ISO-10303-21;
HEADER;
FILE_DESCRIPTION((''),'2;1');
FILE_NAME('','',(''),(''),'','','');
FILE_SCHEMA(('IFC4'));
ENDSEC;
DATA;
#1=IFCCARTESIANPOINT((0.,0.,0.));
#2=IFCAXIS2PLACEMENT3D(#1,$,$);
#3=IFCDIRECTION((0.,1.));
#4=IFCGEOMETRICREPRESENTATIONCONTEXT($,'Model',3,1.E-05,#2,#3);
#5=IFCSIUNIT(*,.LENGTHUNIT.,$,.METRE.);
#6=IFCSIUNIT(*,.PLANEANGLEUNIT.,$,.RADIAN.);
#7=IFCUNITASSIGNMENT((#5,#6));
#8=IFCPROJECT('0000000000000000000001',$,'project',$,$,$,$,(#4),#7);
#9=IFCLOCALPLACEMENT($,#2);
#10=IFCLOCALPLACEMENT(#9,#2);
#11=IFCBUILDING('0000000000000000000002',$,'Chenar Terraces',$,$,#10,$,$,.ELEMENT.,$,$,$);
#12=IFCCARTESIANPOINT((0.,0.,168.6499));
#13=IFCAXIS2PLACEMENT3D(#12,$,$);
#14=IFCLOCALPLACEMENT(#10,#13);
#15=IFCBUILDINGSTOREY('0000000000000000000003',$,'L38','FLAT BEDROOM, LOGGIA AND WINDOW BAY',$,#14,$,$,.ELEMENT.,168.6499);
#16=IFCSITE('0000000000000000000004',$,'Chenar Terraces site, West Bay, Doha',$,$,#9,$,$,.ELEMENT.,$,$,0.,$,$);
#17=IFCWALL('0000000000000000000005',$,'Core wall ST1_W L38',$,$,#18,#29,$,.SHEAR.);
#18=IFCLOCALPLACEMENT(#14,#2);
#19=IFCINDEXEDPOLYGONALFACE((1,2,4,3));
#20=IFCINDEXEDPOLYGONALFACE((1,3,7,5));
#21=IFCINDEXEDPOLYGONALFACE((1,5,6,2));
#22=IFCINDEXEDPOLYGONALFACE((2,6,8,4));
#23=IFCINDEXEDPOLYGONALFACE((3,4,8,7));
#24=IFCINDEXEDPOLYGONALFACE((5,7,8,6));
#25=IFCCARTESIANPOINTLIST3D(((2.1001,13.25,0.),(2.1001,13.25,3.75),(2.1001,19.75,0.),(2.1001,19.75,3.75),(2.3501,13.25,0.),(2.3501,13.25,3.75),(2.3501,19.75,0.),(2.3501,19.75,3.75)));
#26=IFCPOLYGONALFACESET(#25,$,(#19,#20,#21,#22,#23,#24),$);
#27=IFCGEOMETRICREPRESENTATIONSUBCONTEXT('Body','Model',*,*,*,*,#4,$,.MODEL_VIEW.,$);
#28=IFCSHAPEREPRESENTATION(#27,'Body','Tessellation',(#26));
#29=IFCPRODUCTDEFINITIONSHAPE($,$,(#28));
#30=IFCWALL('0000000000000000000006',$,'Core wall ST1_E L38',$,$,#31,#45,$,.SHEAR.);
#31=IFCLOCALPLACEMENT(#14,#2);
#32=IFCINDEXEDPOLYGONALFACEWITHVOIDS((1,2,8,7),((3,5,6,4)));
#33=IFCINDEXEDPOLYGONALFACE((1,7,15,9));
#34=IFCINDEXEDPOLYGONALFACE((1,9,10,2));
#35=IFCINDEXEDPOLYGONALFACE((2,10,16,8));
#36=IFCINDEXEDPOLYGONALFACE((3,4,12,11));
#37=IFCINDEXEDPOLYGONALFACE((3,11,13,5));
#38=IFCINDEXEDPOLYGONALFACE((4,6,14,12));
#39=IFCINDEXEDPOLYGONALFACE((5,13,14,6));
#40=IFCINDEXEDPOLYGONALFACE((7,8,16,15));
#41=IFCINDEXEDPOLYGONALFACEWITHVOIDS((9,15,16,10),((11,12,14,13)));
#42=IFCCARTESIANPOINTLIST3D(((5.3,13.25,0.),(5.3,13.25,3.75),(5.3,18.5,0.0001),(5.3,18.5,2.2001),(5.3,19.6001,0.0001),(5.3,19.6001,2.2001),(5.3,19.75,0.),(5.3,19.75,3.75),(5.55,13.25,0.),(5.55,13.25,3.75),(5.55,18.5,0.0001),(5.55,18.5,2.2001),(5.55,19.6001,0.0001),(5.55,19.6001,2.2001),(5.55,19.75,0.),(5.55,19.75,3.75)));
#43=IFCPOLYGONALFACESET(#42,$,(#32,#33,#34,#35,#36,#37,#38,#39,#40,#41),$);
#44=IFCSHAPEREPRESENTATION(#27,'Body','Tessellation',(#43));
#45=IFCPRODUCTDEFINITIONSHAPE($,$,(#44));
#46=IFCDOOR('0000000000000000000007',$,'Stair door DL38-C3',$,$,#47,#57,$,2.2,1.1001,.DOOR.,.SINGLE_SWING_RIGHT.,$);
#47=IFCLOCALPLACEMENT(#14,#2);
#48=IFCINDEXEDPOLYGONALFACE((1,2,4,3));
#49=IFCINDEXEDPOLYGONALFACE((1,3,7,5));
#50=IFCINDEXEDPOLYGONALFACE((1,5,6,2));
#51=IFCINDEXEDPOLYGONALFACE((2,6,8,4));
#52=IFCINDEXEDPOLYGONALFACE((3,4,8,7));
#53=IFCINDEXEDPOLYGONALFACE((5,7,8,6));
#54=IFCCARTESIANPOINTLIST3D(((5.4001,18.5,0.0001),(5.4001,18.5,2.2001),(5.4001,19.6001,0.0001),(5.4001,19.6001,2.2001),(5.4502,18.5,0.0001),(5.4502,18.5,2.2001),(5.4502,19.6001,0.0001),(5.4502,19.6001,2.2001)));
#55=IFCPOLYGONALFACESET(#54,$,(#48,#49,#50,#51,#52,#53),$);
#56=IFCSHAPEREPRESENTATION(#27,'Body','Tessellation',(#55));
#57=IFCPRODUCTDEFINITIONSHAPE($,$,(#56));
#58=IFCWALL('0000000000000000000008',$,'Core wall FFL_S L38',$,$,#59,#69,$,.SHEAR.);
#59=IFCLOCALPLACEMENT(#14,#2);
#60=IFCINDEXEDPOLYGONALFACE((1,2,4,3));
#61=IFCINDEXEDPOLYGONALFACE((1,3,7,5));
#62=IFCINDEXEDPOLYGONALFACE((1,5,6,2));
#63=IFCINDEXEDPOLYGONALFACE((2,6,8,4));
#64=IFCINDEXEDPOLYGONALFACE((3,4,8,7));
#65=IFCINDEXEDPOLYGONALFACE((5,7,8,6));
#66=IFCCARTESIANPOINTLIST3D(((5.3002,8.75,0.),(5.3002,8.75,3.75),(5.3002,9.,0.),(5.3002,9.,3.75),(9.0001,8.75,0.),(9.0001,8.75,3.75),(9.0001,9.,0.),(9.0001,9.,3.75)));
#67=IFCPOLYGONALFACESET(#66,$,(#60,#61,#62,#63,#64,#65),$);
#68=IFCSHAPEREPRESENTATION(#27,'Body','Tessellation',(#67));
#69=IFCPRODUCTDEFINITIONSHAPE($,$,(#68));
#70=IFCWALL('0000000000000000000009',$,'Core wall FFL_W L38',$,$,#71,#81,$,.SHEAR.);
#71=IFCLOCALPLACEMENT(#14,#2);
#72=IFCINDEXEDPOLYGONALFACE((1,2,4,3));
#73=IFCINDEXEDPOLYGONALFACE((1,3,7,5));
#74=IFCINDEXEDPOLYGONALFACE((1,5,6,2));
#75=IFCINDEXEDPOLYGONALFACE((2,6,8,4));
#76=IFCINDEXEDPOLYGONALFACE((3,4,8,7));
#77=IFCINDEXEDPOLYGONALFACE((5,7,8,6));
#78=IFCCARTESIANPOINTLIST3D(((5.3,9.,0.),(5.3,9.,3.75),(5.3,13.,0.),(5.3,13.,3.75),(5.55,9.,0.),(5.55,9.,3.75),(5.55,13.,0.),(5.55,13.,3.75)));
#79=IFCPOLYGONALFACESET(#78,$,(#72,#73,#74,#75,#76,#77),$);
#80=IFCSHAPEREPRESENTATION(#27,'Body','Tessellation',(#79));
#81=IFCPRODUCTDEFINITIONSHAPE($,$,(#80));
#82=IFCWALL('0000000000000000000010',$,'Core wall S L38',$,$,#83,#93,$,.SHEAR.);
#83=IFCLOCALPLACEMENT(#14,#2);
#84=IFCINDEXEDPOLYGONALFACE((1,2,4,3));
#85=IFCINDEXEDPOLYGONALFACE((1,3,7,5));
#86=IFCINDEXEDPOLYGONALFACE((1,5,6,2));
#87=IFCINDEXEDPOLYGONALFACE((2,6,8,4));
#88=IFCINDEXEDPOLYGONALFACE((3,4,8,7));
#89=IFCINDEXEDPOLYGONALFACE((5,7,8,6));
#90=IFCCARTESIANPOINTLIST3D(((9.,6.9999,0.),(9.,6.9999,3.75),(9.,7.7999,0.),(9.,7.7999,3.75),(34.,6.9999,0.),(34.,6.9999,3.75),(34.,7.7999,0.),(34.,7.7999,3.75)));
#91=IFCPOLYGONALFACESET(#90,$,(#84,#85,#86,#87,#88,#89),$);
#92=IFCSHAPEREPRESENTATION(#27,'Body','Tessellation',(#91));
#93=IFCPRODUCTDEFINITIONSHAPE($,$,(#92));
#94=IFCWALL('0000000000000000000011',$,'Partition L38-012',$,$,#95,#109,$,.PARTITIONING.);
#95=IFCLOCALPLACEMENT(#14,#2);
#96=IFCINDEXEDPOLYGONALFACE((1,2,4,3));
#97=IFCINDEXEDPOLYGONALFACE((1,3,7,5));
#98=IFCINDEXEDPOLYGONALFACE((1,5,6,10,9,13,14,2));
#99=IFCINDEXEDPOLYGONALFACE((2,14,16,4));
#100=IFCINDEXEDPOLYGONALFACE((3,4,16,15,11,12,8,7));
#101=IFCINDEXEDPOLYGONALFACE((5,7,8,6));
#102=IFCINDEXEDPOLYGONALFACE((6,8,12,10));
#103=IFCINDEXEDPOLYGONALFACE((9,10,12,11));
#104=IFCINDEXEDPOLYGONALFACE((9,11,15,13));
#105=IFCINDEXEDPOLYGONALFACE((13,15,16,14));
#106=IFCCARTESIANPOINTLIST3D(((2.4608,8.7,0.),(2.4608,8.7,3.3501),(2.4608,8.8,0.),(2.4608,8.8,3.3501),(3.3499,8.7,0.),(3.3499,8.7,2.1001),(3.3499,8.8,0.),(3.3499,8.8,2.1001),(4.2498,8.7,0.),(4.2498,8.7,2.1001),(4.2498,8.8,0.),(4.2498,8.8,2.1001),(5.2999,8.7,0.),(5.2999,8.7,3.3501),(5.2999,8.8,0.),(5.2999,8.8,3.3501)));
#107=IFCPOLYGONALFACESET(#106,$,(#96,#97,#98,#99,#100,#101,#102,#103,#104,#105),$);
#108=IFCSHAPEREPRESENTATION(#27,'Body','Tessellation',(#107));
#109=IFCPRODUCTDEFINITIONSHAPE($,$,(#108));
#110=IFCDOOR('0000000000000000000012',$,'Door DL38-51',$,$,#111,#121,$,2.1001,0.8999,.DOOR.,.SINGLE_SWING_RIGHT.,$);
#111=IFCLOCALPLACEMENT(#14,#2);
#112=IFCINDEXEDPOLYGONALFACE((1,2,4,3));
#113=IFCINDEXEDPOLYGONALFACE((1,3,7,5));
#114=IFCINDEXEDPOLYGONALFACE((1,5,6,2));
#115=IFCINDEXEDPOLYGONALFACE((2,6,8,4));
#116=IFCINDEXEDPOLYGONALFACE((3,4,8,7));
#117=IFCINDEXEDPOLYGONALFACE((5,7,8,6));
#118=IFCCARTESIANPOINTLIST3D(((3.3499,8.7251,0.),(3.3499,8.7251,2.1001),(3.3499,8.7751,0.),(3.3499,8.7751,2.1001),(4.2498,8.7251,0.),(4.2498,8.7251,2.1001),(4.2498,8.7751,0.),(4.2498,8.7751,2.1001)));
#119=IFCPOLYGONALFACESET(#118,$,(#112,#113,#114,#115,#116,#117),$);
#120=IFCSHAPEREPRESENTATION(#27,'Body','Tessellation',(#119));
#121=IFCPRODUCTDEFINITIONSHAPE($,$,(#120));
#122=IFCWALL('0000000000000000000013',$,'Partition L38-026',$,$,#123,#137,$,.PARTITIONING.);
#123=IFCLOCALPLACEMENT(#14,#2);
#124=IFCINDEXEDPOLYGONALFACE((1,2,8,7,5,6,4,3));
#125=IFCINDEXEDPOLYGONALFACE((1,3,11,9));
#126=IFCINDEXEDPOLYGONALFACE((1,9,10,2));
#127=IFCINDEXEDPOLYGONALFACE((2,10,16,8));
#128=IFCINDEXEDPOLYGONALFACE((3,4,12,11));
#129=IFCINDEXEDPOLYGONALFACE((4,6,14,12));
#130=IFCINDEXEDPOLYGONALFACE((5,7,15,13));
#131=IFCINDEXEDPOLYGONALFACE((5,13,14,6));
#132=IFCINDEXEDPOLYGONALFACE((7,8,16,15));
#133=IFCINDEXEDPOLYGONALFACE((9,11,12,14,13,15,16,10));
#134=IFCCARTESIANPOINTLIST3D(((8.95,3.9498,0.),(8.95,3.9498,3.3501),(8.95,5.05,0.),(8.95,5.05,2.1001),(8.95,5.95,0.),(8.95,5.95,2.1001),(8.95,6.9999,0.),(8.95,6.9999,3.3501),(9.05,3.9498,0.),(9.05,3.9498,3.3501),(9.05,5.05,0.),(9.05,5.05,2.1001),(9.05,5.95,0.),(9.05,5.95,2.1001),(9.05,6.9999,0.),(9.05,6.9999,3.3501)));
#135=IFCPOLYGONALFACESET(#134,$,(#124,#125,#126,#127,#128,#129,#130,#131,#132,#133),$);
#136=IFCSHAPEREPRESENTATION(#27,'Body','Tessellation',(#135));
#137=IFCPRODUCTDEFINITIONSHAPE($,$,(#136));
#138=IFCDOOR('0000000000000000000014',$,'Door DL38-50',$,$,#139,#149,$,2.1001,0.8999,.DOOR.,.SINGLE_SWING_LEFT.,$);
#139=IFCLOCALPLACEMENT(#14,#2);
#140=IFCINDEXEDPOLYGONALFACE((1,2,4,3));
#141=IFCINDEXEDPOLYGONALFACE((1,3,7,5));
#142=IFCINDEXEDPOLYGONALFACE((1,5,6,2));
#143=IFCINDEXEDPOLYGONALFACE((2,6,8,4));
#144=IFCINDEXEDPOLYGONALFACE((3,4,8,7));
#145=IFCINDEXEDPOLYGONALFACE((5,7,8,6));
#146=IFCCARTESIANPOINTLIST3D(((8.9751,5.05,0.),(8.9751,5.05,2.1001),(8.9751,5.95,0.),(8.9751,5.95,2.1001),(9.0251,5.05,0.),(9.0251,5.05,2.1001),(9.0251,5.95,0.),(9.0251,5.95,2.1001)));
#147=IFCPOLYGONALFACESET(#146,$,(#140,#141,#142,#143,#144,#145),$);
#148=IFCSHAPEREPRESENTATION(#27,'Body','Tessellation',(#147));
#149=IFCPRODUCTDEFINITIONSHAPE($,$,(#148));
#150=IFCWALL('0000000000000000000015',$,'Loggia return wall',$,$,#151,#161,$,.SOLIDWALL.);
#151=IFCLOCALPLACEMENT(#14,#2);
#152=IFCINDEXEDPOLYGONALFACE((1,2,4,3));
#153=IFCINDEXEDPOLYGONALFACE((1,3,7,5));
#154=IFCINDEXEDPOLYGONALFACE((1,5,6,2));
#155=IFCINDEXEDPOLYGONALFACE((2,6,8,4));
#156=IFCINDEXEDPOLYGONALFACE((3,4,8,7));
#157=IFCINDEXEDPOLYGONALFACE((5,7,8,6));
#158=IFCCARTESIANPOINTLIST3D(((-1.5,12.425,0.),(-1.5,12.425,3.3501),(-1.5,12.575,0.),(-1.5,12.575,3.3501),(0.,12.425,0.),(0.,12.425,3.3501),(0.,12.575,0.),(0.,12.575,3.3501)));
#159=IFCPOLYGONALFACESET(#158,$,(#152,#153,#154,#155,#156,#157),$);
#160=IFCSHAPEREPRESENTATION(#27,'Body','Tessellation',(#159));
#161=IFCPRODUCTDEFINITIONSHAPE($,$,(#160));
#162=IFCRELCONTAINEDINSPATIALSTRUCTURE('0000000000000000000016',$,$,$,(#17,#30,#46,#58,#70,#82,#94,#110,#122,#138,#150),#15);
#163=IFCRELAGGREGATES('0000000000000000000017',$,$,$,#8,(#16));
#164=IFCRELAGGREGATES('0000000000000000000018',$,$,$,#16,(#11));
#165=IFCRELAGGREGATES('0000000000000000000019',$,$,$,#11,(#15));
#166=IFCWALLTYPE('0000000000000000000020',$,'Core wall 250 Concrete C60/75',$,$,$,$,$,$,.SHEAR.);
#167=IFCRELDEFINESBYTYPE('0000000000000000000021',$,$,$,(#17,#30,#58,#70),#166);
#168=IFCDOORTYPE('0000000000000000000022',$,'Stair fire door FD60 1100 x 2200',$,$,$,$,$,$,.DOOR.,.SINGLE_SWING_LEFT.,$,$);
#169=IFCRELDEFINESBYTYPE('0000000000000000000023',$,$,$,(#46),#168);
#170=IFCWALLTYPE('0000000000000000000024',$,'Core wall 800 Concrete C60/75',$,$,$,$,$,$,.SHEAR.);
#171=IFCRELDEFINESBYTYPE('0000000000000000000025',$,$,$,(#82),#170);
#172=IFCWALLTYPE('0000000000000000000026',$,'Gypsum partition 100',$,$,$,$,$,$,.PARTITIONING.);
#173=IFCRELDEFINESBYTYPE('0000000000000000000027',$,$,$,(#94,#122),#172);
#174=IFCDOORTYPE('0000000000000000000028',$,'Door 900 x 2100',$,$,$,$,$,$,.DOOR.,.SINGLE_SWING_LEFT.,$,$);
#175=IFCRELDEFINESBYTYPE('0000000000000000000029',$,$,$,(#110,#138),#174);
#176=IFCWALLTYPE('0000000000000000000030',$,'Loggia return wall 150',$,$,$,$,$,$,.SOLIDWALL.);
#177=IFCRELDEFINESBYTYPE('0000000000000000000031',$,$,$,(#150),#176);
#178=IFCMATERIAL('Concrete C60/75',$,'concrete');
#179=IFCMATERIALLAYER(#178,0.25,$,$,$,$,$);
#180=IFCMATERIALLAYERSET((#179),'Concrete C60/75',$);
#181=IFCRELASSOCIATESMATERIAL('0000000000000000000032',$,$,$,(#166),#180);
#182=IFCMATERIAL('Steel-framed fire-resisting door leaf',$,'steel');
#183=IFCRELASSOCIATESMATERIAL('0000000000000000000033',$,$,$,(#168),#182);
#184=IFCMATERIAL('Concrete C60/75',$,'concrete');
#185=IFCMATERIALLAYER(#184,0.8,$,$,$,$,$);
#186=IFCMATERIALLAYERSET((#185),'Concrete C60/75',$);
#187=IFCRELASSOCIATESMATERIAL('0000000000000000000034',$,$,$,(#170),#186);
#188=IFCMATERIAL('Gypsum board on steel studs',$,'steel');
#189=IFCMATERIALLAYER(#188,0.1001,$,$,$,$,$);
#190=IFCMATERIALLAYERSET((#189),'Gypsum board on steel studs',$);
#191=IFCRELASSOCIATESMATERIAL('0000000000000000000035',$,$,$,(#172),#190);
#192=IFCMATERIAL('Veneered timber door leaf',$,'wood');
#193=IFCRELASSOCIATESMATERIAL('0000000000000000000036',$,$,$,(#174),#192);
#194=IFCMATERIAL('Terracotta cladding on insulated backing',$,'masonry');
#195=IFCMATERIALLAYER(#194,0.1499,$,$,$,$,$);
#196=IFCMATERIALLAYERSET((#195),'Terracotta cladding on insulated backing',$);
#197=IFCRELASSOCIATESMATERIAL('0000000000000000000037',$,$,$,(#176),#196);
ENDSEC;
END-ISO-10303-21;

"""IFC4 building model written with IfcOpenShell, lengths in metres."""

from ifc_helpers import new_model, si_unit, direction, frame, frame_2d, origin, place, context, subcontext, project, spatial, rectangle, extrude, material, layer, layer_set, type_object, element, fill, save


model = new_model("IFC4")

# Units and contexts
model_context = context("Model", 3, precision=1e-05, world=origin(), true_north=direction((0.0, 1.0)))
body_context = subcontext(model_context, "Body", "Model", "MODEL_VIEW")
ifc_project = project(units=[si_unit("LENGTHUNIT", "METRE"), si_unit("PLANEANGLEUNIT", "RADIAN")], contexts=[model_context])

# Site, building, storey
site_placement = place(None, origin())
site = spatial("IfcSite", under=ifc_project, at=site_placement, Name="Chenar Terraces site, West Bay, Doha", CompositionType="ELEMENT", RefElevation=0.0)
building_placement = place(site_placement, origin())
building = spatial("IfcBuilding", under=site, at=building_placement, Name="Chenar Terraces", CompositionType="ELEMENT")
storey_placement = place(building_placement, frame((0.0, 0.0, 168.6499)))
storey = spatial("IfcBuildingStorey", under=building, at=storey_placement, Name="L38", Description="FLAT BEDROOM, LOGGIA AND WINDOW BAY", CompositionType="ELEMENT", Elevation=168.6499)

# Wall
ifc_material_1 = material(Name="Concrete C60/75", Category="concrete")
ifc_layer_1 = layer(ifc_material_1, 0.25)
ifc_layer_set_1 = layer_set([ifc_layer_1], Name="Concrete C60/75")
wall_type_1 = type_object("IfcWallType", Name="Core wall 250 Concrete C60/75", PredefinedType="SHEAR", material=ifc_layer_set_1)
wall_1_placement = place(storey_placement, frame((2.2251, 13.25, 0.0), z_axis=(0.0, 0.0, 1.0), x_axis=(0.0, 1.0, 0.0)))
element("IfcWall", 1, at=wall_1_placement, inside=storey, type_object=wall_type_1, Name="Core wall ST1_W L38", PredefinedType="SHEAR", context=body_context, shape_type="SweptSolid", body=[
    extrude(rectangle(XDim=6.5, YDim=0.25, at=frame_2d((3.25, 0.0))), origin(), (0.0, 0.0, 1.0), 3.75),
])

# Wall, opening, door
wall_2_placement = place(storey_placement, frame((5.425, 13.25, 0.0), z_axis=(0.0, 0.0, 1.0), x_axis=(0.0, 1.0, 0.0)))
wall_2 = element("IfcWall", 2, at=wall_2_placement, inside=storey, type_object=wall_type_1, Name="Core wall ST1_E L38", PredefinedType="SHEAR", context=body_context, shape_type="SweptSolid", body=[
    extrude(rectangle(XDim=6.5, YDim=0.25, at=frame_2d((3.25, 0.0))), origin(), (0.0, 0.0, 1.0), 3.75),
])
opening_1_placement = place(wall_2_placement, frame((5.25, 0.0, 0.0)))
opening_1 = element("IfcOpeningElement", 3, at=opening_1_placement, cuts=wall_2, PredefinedType="OPENING", context=body_context, shape_type="SweptSolid", body=[
    extrude(rectangle(XDim=1.1001, YDim=2.2, at=frame_2d((0.55, 1.1001))), frame((0.0, 0.135, 0.0), z_axis=(0.0, -1.0, 0.0), x_axis=(1.0, 0.0, 0.0)), (0.0, 0.0, 1.0), 0.27),
])
ifc_material_2 = material(Name="Steel-framed fire-resisting door leaf", Category="steel")
door_type_1 = type_object("IfcDoorType", Name="Stair fire door FD60 1100 x 2200", OperationType="SINGLE_SWING_LEFT", PredefinedType="DOOR", material=ifc_material_2)
door_1_placement = place(opening_1_placement, origin())
door_1 = element("IfcDoor", 4, at=door_1_placement, inside=storey, type_object=door_type_1, Name="Stair door DL38-C3", OperationType="SINGLE_SWING_RIGHT", OverallHeight=2.2, OverallWidth=1.1001, PredefinedType="DOOR", context=body_context, shape_type="SweptSolid", body=[
    extrude(rectangle(XDim=1.1001, YDim=2.2, at=frame_2d((0.55, 1.1001))), frame((0.0, 0.0249, 0.0), z_axis=(0.0, -1.0, 0.0), x_axis=(1.0, 0.0, 0.0)), (0.0, 0.0, 1.0), 0.05),
])
fill(opening_1, door_1)

# Walls
wall_3_placement = place(storey_placement, frame((5.3, 8.875, 0.0), z_axis=(0.0, 0.0, 1.0), x_axis=(1.0, 0.0, 0.0)))
element("IfcWall", 5, at=wall_3_placement, inside=storey, type_object=wall_type_1, Name="Core wall FFL_S L38", PredefinedType="SHEAR", context=body_context, shape_type="SweptSolid", body=[
    extrude(rectangle(XDim=3.7, YDim=0.25, at=frame_2d((1.8501, 0.0))), origin(), (0.0, 0.0, 1.0), 3.75),
])
wall_4_placement = place(storey_placement, frame((5.425, 9.0, 0.0), z_axis=(0.0, 0.0, 1.0), x_axis=(0.0, 1.0, 0.0)))
element("IfcWall", 6, at=wall_4_placement, inside=storey, type_object=wall_type_1, Name="Core wall FFL_W L38", PredefinedType="SHEAR", context=body_context, shape_type="SweptSolid", body=[
    extrude(rectangle(XDim=4.0, YDim=0.25, at=frame_2d((2.0, 0.0))), origin(), (0.0, 0.0, 1.0), 3.75),
])
ifc_material_3 = material(Name="Concrete C60/75", Category="concrete")
ifc_layer_2 = layer(ifc_material_3, 0.8)
ifc_layer_set_2 = layer_set([ifc_layer_2], Name="Concrete C60/75")
wall_type_2 = type_object("IfcWallType", Name="Core wall 800 Concrete C60/75", PredefinedType="SHEAR", material=ifc_layer_set_2)
wall_5_placement = place(storey_placement, frame((9.0, 7.3999, 0.0), z_axis=(0.0, 0.0, 1.0), x_axis=(1.0, 0.0, 0.0)))
element("IfcWall", 7, at=wall_5_placement, inside=storey, type_object=wall_type_2, Name="Core wall S L38", PredefinedType="SHEAR", context=body_context, shape_type="SweptSolid", body=[
    extrude(rectangle(XDim=25.0, YDim=0.8, at=frame_2d((12.5, 0.0))), origin(), (0.0, 0.0, 1.0), 3.75),
])

# Walls, openings, doors
ifc_material_4 = material(Name="Gypsum board on steel studs", Category="steel")
ifc_layer_3 = layer(ifc_material_4, 0.1001)
ifc_layer_set_3 = layer_set([ifc_layer_3], Name="Gypsum board on steel studs")
wall_type_3 = type_object("IfcWallType", Name="Gypsum partition 100", PredefinedType="PARTITIONING", material=ifc_layer_set_3)
wall_6_placement = place(storey_placement, frame((2.4609, 8.75, 0.0), z_axis=(0.0, 0.0, 1.0), x_axis=(1.0, 0.0, 0.0)))
wall_6 = element("IfcWall", 8, at=wall_6_placement, inside=storey, type_object=wall_type_3, Name="Partition L38-012", PredefinedType="PARTITIONING", context=body_context, shape_type="SweptSolid", body=[
    extrude(rectangle(XDim=2.8391, YDim=0.1001, at=frame_2d((1.4194, 0.0))), origin(), (0.0, 0.0, 1.0), 3.3501),
])
opening_2_placement = place(wall_6_placement, frame((0.8889, 0.0, 0.0)))
opening_2 = element("IfcOpeningElement", 9, at=opening_2_placement, cuts=wall_6, PredefinedType="OPENING", context=body_context, shape_type="SweptSolid", body=[
    extrude(rectangle(XDim=0.8999, YDim=2.1001, at=frame_2d((0.45, 1.05))), frame((0.0, 0.0601, 0.0), z_axis=(0.0, -1.0, 0.0), x_axis=(1.0, 0.0, 0.0)), (0.0, 0.0, 1.0), 0.1201),
])
ifc_material_5 = material(Name="Veneered timber door leaf", Category="wood")
door_type_2 = type_object("IfcDoorType", Name="Door 900 x 2100", OperationType="SINGLE_SWING_LEFT", PredefinedType="DOOR", material=ifc_material_5)
door_2_placement = place(opening_2_placement, frame((0.8999, 0.0, 0.0), z_axis=(0.0, 0.0, 1.0), x_axis=(-1.0, 0.0, 0.0)))
door_2 = element("IfcDoor", 10, at=door_2_placement, inside=storey, type_object=door_type_2, Name="Door DL38-51", OperationType="SINGLE_SWING_RIGHT", OverallHeight=2.1001, OverallWidth=0.8999, PredefinedType="DOOR", context=body_context, shape_type="SweptSolid", body=[
    extrude(rectangle(XDim=0.8999, YDim=2.1001, at=frame_2d((0.45, 1.05))), frame((0.0, 0.0249, 0.0), z_axis=(0.0, -1.0, 0.0), x_axis=(1.0, 0.0, 0.0)), (0.0, 0.0, 1.0), 0.05),
])
fill(opening_2, door_2)
wall_7_placement = place(storey_placement, frame((9.0, 3.95, 0.0), z_axis=(0.0, 0.0, 1.0), x_axis=(0.0, 1.0, 0.0)))
wall_7 = element("IfcWall", 11, at=wall_7_placement, inside=storey, type_object=wall_type_3, Name="Partition L38-026", PredefinedType="PARTITIONING", context=body_context, shape_type="SweptSolid", body=[
    extrude(rectangle(XDim=3.05, YDim=0.1001, at=frame_2d((1.5249, 0.0))), origin(), (0.0, 0.0, 1.0), 3.3501),
])
opening_3_placement = place(wall_7_placement, frame((1.1001, 0.0, 0.0)))
opening_3 = element("IfcOpeningElement", 12, at=opening_3_placement, cuts=wall_7, PredefinedType="OPENING", context=body_context, shape_type="SweptSolid", body=[
    extrude(rectangle(XDim=0.8999, YDim=2.1001, at=frame_2d((0.45, 1.05))), frame((0.0, 0.0601, 0.0), z_axis=(0.0, -1.0, 0.0), x_axis=(1.0, 0.0, 0.0)), (0.0, 0.0, 1.0), 0.1201),
])
door_3_placement = place(opening_3_placement, origin())
door_3 = element("IfcDoor", 13, at=door_3_placement, inside=storey, type_object=door_type_2, Name="Door DL38-50", OperationType="SINGLE_SWING_LEFT", OverallHeight=2.1001, OverallWidth=0.8999, PredefinedType="DOOR", context=body_context, shape_type="SweptSolid", body=[
    extrude(rectangle(XDim=0.8999, YDim=2.1001, at=frame_2d((0.45, 1.05))), frame((0.0, 0.0249, 0.0), z_axis=(0.0, -1.0, 0.0), x_axis=(1.0, 0.0, 0.0)), (0.0, 0.0, 1.0), 0.05),
])
fill(opening_3, door_3)

# Wall
ifc_material_6 = material(Name="Terracotta cladding on insulated backing", Category="masonry")
ifc_layer_4 = layer(ifc_material_6, 0.1499)
ifc_layer_set_4 = layer_set([ifc_layer_4], Name="Terracotta cladding on insulated backing")
wall_type_4 = type_object("IfcWallType", Name="Loggia return wall 150", PredefinedType="SOLIDWALL", material=ifc_layer_set_4)
wall_8_placement = place(storey_placement, frame((-1.5, 12.5, 0.0), z_axis=(0.0, 0.0, 1.0), x_axis=(1.0, 0.0, 0.0)))
element("IfcWall", 14, at=wall_8_placement, inside=storey, type_object=wall_type_4, Name="Loggia return wall", PredefinedType="SOLIDWALL", context=body_context, shape_type="SweptSolid", body=[
    extrude(rectangle(XDim=1.5, YDim=0.1499, at=frame_2d((0.75, 0.0))), origin(), (0.0, 0.0, 1.0), 3.3501),
])

save(model, "model.ifc")
